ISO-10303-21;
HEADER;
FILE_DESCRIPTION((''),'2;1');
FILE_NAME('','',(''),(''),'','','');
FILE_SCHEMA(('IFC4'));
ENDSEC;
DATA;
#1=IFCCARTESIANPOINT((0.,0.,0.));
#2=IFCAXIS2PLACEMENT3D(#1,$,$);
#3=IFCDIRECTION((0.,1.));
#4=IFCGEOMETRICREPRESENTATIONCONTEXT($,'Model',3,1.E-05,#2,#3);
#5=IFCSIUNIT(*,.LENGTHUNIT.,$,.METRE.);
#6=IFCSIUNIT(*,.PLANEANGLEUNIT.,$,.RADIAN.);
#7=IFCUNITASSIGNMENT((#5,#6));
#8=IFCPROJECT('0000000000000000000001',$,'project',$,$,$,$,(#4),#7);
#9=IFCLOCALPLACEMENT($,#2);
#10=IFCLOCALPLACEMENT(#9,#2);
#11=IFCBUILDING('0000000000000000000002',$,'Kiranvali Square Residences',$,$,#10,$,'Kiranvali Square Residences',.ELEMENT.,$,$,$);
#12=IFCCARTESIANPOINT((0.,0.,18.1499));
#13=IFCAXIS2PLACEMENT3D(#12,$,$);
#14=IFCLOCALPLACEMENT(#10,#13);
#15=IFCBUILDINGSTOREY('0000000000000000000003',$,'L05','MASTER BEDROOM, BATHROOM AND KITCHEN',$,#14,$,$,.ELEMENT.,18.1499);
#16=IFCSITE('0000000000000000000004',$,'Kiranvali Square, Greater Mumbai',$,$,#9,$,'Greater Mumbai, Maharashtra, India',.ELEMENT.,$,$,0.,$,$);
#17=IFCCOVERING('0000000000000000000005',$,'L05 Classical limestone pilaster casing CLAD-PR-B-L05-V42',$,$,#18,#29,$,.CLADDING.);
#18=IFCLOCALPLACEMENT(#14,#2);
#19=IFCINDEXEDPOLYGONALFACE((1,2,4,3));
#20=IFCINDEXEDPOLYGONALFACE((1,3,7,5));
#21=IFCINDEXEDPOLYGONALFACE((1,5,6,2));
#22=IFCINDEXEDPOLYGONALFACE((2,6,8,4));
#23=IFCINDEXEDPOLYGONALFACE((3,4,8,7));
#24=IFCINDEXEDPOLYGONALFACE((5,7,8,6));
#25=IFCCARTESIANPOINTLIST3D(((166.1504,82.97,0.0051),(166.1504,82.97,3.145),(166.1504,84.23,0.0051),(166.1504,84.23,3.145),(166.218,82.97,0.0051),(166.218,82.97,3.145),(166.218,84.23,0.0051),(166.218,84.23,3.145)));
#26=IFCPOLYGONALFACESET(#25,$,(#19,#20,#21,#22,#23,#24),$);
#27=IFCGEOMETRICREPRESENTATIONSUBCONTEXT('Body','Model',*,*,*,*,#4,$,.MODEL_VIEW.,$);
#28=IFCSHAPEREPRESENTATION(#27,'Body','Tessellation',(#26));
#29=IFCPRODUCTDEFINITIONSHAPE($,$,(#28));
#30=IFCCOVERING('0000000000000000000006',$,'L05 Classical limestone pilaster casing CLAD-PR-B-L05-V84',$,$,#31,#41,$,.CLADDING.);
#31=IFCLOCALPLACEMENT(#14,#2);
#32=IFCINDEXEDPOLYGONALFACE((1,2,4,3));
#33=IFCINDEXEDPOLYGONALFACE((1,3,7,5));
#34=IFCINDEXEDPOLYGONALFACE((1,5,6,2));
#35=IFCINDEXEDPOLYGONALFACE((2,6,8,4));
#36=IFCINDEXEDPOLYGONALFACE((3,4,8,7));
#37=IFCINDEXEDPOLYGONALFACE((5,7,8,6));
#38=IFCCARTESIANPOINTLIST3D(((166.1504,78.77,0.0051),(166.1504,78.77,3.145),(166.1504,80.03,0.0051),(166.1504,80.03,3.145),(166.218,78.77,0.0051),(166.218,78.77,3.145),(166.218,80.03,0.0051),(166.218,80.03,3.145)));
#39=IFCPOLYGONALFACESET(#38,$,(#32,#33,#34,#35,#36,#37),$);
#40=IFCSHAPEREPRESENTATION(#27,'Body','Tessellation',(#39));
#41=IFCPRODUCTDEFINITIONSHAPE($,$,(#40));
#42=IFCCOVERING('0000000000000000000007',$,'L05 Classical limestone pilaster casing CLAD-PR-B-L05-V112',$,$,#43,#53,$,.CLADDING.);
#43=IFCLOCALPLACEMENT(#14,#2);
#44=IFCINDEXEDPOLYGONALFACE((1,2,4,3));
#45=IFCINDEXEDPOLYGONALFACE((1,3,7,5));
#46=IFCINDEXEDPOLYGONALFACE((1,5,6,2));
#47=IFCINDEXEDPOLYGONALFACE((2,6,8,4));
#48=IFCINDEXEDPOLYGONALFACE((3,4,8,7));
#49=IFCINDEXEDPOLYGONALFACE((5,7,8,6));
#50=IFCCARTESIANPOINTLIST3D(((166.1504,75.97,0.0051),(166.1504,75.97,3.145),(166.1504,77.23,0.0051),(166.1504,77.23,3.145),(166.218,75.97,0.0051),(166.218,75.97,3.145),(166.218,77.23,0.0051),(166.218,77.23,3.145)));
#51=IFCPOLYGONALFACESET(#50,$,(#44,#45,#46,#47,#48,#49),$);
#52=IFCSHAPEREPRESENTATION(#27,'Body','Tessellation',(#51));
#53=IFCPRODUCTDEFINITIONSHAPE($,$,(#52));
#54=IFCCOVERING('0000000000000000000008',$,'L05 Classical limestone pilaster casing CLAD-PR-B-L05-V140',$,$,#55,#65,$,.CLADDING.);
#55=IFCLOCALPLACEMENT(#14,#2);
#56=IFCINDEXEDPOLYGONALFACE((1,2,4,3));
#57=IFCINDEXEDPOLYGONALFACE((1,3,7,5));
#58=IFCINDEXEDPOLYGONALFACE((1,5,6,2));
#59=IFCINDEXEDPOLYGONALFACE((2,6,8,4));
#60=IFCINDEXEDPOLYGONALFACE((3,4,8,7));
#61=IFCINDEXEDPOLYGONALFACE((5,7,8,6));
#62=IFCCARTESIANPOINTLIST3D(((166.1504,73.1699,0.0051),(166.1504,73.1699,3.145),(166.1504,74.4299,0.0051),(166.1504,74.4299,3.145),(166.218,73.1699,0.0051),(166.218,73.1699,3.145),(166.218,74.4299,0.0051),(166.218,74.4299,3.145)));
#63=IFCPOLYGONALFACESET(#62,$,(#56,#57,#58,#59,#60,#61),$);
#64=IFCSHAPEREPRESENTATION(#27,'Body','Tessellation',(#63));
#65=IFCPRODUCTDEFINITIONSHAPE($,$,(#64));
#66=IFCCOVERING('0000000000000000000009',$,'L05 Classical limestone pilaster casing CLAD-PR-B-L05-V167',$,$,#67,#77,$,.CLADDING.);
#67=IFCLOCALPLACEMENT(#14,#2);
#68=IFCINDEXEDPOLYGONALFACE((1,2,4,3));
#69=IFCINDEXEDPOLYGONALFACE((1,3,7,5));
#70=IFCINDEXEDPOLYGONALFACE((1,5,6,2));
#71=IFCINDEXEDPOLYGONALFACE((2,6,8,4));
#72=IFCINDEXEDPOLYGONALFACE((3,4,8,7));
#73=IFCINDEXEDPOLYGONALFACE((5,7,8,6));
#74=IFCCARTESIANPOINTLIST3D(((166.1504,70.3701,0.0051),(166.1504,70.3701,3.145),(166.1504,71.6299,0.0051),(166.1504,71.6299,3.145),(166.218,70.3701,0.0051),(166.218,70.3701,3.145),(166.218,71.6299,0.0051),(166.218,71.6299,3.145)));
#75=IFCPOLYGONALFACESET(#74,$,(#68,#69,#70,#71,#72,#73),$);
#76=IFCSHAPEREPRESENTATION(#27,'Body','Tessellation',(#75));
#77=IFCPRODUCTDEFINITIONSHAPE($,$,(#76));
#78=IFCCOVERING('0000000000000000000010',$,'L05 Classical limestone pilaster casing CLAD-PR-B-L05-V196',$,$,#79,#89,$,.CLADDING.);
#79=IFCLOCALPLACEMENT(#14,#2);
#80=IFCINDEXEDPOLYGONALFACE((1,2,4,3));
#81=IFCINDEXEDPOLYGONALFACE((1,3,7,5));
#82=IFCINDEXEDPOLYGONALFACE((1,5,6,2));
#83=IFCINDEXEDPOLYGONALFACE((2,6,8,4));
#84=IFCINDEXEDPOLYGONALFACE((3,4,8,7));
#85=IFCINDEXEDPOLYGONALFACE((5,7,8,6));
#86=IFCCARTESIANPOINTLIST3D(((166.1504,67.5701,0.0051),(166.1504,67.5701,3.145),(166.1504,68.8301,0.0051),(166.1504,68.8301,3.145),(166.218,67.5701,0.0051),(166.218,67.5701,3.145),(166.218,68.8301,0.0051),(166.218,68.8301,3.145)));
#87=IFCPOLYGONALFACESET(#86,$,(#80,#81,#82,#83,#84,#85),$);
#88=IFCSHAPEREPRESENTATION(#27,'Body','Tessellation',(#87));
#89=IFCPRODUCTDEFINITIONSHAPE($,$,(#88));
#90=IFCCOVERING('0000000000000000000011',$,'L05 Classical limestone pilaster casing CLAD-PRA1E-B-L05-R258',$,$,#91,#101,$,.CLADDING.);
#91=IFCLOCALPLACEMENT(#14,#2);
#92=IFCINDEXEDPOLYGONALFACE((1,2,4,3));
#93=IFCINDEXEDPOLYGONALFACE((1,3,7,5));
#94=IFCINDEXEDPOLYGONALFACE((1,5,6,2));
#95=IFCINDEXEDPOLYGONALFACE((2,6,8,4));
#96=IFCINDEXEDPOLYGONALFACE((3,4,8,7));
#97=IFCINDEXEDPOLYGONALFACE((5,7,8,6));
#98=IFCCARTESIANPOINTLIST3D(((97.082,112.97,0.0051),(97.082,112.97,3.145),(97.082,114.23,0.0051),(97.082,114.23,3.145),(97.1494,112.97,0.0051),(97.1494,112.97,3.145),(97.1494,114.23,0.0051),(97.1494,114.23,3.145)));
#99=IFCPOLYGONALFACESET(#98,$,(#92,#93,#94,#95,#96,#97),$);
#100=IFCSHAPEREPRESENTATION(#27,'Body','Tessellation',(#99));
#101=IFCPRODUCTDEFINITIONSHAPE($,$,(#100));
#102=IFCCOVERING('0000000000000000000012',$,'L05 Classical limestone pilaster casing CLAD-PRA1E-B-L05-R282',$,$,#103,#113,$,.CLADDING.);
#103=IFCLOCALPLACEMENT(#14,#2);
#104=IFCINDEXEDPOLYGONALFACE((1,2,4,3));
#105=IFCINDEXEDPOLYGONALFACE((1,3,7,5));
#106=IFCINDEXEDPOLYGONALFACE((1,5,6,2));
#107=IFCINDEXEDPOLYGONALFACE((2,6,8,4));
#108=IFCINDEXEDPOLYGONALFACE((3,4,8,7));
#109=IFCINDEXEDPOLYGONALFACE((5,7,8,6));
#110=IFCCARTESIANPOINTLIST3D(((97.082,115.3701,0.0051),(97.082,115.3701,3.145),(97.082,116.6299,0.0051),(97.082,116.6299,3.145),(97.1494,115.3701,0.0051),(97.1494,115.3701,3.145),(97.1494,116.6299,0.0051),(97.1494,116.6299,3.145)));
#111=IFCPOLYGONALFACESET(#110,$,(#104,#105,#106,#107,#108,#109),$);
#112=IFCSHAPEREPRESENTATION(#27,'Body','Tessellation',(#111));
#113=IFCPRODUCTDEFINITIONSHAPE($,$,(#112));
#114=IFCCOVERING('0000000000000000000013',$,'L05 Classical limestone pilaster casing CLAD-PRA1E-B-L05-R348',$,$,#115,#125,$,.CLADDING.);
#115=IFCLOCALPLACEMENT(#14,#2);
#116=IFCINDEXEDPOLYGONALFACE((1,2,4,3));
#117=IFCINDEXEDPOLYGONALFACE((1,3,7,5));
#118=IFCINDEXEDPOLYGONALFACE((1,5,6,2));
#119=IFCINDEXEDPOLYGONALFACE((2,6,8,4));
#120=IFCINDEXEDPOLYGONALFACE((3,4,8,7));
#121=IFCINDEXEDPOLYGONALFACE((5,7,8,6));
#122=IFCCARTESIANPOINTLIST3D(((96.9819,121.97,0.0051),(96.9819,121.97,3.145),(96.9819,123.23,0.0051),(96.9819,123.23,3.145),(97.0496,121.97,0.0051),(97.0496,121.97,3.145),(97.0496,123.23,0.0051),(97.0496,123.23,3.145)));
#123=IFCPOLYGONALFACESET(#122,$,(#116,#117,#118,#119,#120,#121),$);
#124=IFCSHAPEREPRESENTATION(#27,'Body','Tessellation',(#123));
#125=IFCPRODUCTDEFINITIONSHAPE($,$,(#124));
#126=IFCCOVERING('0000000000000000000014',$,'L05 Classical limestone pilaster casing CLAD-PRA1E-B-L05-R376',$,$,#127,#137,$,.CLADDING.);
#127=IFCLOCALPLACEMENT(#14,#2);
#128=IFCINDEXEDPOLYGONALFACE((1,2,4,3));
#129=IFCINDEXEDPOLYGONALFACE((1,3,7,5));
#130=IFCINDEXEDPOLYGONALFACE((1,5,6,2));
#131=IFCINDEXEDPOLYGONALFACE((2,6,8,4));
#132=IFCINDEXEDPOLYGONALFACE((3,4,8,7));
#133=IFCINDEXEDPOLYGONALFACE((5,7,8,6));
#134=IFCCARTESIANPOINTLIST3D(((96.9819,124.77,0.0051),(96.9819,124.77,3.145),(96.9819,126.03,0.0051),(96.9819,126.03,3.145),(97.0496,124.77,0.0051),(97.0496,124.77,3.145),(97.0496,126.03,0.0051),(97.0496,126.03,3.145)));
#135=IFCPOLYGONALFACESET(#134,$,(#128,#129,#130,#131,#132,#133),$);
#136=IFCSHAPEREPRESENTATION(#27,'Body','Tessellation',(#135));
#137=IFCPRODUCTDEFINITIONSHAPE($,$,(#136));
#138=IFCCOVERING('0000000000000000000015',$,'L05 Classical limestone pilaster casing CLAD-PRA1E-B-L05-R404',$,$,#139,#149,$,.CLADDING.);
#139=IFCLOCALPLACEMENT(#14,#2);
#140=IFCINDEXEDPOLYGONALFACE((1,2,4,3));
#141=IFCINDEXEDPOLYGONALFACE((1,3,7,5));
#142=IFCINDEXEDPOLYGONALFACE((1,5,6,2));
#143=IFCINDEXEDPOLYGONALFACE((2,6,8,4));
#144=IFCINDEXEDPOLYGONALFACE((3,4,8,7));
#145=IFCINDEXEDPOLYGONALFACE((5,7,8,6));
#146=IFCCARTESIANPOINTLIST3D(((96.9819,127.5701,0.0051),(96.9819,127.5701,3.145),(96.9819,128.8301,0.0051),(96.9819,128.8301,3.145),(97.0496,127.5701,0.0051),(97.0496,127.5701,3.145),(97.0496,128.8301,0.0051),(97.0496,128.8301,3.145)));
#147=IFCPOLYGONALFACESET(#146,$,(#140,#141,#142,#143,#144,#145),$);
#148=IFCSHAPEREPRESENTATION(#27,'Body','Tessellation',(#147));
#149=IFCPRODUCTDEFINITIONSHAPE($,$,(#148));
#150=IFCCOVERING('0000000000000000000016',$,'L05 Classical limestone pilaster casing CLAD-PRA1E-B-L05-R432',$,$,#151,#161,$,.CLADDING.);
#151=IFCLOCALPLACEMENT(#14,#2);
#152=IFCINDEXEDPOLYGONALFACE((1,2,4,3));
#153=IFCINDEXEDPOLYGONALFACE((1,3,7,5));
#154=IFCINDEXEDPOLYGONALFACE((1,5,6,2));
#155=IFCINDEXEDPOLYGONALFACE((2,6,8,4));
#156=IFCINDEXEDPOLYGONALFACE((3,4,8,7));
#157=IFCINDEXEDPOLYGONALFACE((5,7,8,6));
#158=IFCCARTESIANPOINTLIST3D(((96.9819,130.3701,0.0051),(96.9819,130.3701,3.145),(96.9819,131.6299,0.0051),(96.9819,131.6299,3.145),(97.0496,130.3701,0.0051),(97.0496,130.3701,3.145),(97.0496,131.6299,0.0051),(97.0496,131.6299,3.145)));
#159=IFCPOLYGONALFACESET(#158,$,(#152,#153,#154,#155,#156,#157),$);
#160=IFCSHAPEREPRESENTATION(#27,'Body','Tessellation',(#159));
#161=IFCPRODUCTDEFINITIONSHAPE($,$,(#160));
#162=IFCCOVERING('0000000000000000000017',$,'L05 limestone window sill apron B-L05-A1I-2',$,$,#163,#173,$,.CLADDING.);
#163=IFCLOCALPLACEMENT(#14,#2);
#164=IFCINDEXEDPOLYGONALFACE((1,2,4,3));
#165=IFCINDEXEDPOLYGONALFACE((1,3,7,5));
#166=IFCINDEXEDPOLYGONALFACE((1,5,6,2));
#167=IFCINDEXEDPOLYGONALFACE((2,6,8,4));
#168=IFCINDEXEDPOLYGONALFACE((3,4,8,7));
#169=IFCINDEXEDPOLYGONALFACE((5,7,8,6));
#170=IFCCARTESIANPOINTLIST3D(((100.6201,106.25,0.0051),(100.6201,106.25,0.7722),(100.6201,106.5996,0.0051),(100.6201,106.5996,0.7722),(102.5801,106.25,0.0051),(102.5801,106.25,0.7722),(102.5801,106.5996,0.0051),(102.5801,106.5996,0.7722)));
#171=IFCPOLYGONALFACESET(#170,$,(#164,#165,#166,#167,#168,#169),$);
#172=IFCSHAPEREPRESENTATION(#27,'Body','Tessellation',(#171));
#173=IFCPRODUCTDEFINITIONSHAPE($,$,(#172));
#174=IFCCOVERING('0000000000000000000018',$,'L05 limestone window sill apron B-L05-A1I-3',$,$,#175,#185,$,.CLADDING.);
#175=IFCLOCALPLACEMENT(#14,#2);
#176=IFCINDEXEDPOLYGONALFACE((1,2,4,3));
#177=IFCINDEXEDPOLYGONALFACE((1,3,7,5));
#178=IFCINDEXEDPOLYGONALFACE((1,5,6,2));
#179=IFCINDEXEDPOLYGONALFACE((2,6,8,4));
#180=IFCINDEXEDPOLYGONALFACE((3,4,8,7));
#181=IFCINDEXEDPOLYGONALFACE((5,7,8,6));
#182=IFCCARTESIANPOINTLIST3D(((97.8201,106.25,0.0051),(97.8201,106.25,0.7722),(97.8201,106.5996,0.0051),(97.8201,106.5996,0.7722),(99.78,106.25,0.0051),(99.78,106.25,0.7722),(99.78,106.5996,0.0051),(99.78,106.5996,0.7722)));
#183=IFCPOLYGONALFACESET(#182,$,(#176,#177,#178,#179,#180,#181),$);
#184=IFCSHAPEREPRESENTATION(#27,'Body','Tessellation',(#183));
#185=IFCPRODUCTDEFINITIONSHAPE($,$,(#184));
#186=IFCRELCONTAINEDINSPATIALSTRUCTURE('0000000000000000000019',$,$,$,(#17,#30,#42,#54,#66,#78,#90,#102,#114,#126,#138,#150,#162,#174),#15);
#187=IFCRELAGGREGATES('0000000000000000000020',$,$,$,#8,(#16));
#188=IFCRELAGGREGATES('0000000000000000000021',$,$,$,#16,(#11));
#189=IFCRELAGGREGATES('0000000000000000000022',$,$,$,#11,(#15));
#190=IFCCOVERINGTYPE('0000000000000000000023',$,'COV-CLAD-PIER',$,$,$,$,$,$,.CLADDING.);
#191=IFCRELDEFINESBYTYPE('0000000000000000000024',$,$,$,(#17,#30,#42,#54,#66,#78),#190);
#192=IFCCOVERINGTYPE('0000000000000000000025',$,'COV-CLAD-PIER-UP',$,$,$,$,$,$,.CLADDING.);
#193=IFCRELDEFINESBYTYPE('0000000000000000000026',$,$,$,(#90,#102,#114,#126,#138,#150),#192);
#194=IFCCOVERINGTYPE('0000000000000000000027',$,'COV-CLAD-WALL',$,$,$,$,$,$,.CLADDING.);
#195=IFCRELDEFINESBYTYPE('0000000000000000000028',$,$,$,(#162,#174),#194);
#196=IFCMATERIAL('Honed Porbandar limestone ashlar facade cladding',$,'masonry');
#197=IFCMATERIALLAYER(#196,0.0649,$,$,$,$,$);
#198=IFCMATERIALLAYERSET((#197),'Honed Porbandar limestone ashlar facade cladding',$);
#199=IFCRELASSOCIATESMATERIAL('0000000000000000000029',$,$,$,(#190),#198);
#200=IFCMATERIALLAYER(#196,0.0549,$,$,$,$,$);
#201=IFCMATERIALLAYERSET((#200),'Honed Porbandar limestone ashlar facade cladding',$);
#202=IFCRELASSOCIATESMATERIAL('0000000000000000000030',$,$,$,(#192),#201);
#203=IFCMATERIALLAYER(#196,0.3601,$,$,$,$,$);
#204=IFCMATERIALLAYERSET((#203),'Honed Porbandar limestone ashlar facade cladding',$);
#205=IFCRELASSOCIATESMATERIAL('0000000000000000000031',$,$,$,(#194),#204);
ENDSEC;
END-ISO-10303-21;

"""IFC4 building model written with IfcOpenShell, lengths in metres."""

from ifc_helpers import new_model, si_unit, direction, frame, origin, place, context, subcontext, project, spatial, polyline, outline, extrude, material, layer, layer_set, type_object, element, save


model = new_model("IFC4")

# Units and contexts
model_context = context("Model", 3, precision=1e-05, world=origin(), true_north=direction((0.0, 1.0)))
body_context = subcontext(model_context, "Body", "Model", "MODEL_VIEW")
ifc_project = project(units=[si_unit("LENGTHUNIT", "METRE"), si_unit("PLANEANGLEUNIT", "RADIAN")], contexts=[model_context])

# Site, building, storey
site_placement = place(None, origin())
site = spatial("IfcSite", under=ifc_project, at=site_placement, Name="Kiranvali Square, Greater Mumbai", LongName="Greater Mumbai, Maharashtra, India", CompositionType="ELEMENT", RefElevation=0.0)
building_placement = place(site_placement, origin())
building = spatial("IfcBuilding", under=site, at=building_placement, Name="Kiranvali Square Residences", LongName="Kiranvali Square Residences", CompositionType="ELEMENT")
storey_placement = place(building_placement, frame((0.0, 0.0, 18.1499)))
storey = spatial("IfcBuildingStorey", under=building, at=storey_placement, Name="L05", Description="MASTER BEDROOM, BATHROOM AND KITCHEN", CompositionType="ELEMENT", Elevation=18.1499)

# Coverings
ifc_material_1 = material(Name="Honed Porbandar limestone ashlar facade cladding", Category="masonry")
ifc_layer_1 = layer(ifc_material_1, 0.0649)
ifc_layer_set_1 = layer_set([ifc_layer_1], Name="Honed Porbandar limestone ashlar facade cladding")
covering_type_1 = type_object("IfcCoveringType", Name="COV-CLAD-PIER", PredefinedType="CLADDING", material=ifc_layer_set_1)
covering_1_placement = place(storey_placement, frame((0.0, 0.0, 0.0051)))
element("IfcCovering", 1, at=covering_1_placement, inside=storey, type_object=covering_type_1, Name="L05 Classical limestone pilaster casing CLAD-PR-B-L05-V42", PredefinedType="CLADDING", context=body_context, shape_type="SweptSolid", body=[
    extrude(outline(polyline([(166.1504, 84.23), (166.1504, 82.97), (166.218, 82.97), (166.218, 84.23), (166.1504, 84.23)])), origin(), (0.0, 0.0, 1.0), 3.1399),
])
covering_2_placement = place(storey_placement, frame((0.0, 0.0, 0.0051)))
element("IfcCovering", 2, at=covering_2_placement, inside=storey, type_object=covering_type_1, Name="L05 Classical limestone pilaster casing CLAD-PR-B-L05-V84", PredefinedType="CLADDING", context=body_context, shape_type="SweptSolid", body=[
    extrude(outline(polyline([(166.1504, 80.03), (166.1504, 78.77), (166.218, 78.77), (166.218, 80.03), (166.1504, 80.03)])), origin(), (0.0, 0.0, 1.0), 3.1399),
])
covering_3_placement = place(storey_placement, frame((0.0, 0.0, 0.0051)))
element("IfcCovering", 3, at=covering_3_placement, inside=storey, type_object=covering_type_1, Name="L05 Classical limestone pilaster casing CLAD-PR-B-L05-V112", PredefinedType="CLADDING", context=body_context, shape_type="SweptSolid", body=[
    extrude(outline(polyline([(166.1504, 77.23), (166.1504, 75.97), (166.218, 75.97), (166.218, 77.23), (166.1504, 77.23)])), origin(), (0.0, 0.0, 1.0), 3.1399),
])
covering_4_placement = place(storey_placement, frame((0.0, 0.0, 0.0051)))
element("IfcCovering", 4, at=covering_4_placement, inside=storey, type_object=covering_type_1, Name="L05 Classical limestone pilaster casing CLAD-PR-B-L05-V140", PredefinedType="CLADDING", context=body_context, shape_type="SweptSolid", body=[
    extrude(outline(polyline([(166.1504, 74.4299), (166.1504, 73.1699), (166.218, 73.1699), (166.218, 74.4299), (166.1504, 74.4299)])), origin(), (0.0, 0.0, 1.0), 3.1399),
])
covering_5_placement = place(storey_placement, frame((0.0, 0.0, 0.0051)))
element("IfcCovering", 5, at=covering_5_placement, inside=storey, type_object=covering_type_1, Name="L05 Classical limestone pilaster casing CLAD-PR-B-L05-V167", PredefinedType="CLADDING", context=body_context, shape_type="SweptSolid", body=[
    extrude(outline(polyline([(166.1504, 71.6299), (166.1504, 70.3701), (166.218, 70.3701), (166.218, 71.6299), (166.1504, 71.6299)])), origin(), (0.0, 0.0, 1.0), 3.1399),
])
covering_6_placement = place(storey_placement, frame((0.0, 0.0, 0.0051)))
element("IfcCovering", 6, at=covering_6_placement, inside=storey, type_object=covering_type_1, Name="L05 Classical limestone pilaster casing CLAD-PR-B-L05-V196", PredefinedType="CLADDING", context=body_context, shape_type="SweptSolid", body=[
    extrude(outline(polyline([(166.1504, 68.8301), (166.1504, 67.5701), (166.218, 67.5701), (166.218, 68.8301), (166.1504, 68.8301)])), origin(), (0.0, 0.0, 1.0), 3.1399),
])
ifc_layer_2 = layer(ifc_material_1, 0.0549)
ifc_layer_set_2 = layer_set([ifc_layer_2], Name="Honed Porbandar limestone ashlar facade cladding")
covering_type_2 = type_object("IfcCoveringType", Name="COV-CLAD-PIER-UP", PredefinedType="CLADDING", material=ifc_layer_set_2)
covering_7_placement = place(storey_placement, frame((0.0, 0.0, 0.0051)))
element("IfcCovering", 7, at=covering_7_placement, inside=storey, type_object=covering_type_2, Name="L05 Classical limestone pilaster casing CLAD-PRA1E-B-L05-R258", PredefinedType="CLADDING", context=body_context, shape_type="SweptSolid", body=[
    extrude(outline(polyline([(97.1494, 112.97), (97.1494, 114.23), (97.082, 114.23), (97.082, 112.97), (97.1494, 112.97)])), origin(), (0.0, 0.0, 1.0), 3.1399),
])
covering_8_placement = place(storey_placement, frame((0.0, 0.0, 0.0051)))
element("IfcCovering", 8, at=covering_8_placement, inside=storey, type_object=covering_type_2, Name="L05 Classical limestone pilaster casing CLAD-PRA1E-B-L05-R282", PredefinedType="CLADDING", context=body_context, shape_type="SweptSolid", body=[
    extrude(outline(polyline([(97.1494, 115.3701), (97.1494, 116.6299), (97.082, 116.6299), (97.082, 115.3701), (97.1494, 115.3701)])), origin(), (0.0, 0.0, 1.0), 3.1399),
])
covering_9_placement = place(storey_placement, frame((0.0, 0.0, 0.0051)))
element("IfcCovering", 9, at=covering_9_placement, inside=storey, type_object=covering_type_2, Name="L05 Classical limestone pilaster casing CLAD-PRA1E-B-L05-R348", PredefinedType="CLADDING", context=body_context, shape_type="SweptSolid", body=[
    extrude(outline(polyline([(97.0496, 121.97), (97.0496, 123.23), (96.9819, 123.23), (96.9819, 121.97), (97.0496, 121.97)])), origin(), (0.0, 0.0, 1.0), 3.1399),
])
covering_10_placement = place(storey_placement, frame((0.0, 0.0, 0.0051)))
element("IfcCovering", 10, at=covering_10_placement, inside=storey, type_object=covering_type_2, Name="L05 Classical limestone pilaster casing CLAD-PRA1E-B-L05-R376", PredefinedType="CLADDING", context=body_context, shape_type="SweptSolid", body=[
    extrude(outline(polyline([(97.0496, 124.77), (97.0496, 126.03), (96.9819, 126.03), (96.9819, 124.77), (97.0496, 124.77)])), origin(), (0.0, 0.0, 1.0), 3.1399),
])
covering_11_placement = place(storey_placement, frame((0.0, 0.0, 0.0051)))
element("IfcCovering", 11, at=covering_11_placement, inside=storey, type_object=covering_type_2, Name="L05 Classical limestone pilaster casing CLAD-PRA1E-B-L05-R404", PredefinedType="CLADDING", context=body_context, shape_type="SweptSolid", body=[
    extrude(outline(polyline([(97.0496, 127.5701), (97.0496, 128.8301), (96.9819, 128.8301), (96.9819, 127.5701), (97.0496, 127.5701)])), origin(), (0.0, 0.0, 1.0), 3.1399),
])
covering_12_placement = place(storey_placement, frame((0.0, 0.0, 0.0051)))
element("IfcCovering", 12, at=covering_12_placement, inside=storey, type_object=covering_type_2, Name="L05 Classical limestone pilaster casing CLAD-PRA1E-B-L05-R432", PredefinedType="CLADDING", context=body_context, shape_type="SweptSolid", body=[
    extrude(outline(polyline([(97.0496, 130.3701), (97.0496, 131.6299), (96.9819, 131.6299), (96.9819, 130.3701), (97.0496, 130.3701)])), origin(), (0.0, 0.0, 1.0), 3.1399),
])
ifc_layer_3 = layer(ifc_material_1, 0.3601)
ifc_layer_set_3 = layer_set([ifc_layer_3], Name="Honed Porbandar limestone ashlar facade cladding")
covering_type_3 = type_object("IfcCoveringType", Name="COV-CLAD-WALL", PredefinedType="CLADDING", material=ifc_layer_set_3)
covering_13_placement = place(storey_placement, frame((0.0, 0.0, 0.0051)))
element("IfcCovering", 13, at=covering_13_placement, inside=storey, type_object=covering_type_3, Name="L05 limestone window sill apron B-L05-A1I-2", PredefinedType="CLADDING", context=body_context, shape_type="SweptSolid", body=[
    extrude(outline(polyline([(102.5801, 106.5996), (100.6201, 106.5996), (100.6201, 106.25), (102.5801, 106.25), (102.5801, 106.5996)])), origin(), (0.0, 0.0, 1.0), 0.7671),
])
covering_14_placement = place(storey_placement, frame((0.0, 0.0, 0.0051)))
element("IfcCovering", 14, at=covering_14_placement, inside=storey, type_object=covering_type_3, Name="L05 limestone window sill apron B-L05-A1I-3", PredefinedType="CLADDING", context=body_context, shape_type="SweptSolid", body=[
    extrude(outline(polyline([(99.78, 106.5996), (97.8201, 106.5996), (97.8201, 106.25), (99.78, 106.25), (99.78, 106.5996)])), origin(), (0.0, 0.0, 1.0), 0.7671),
])

save(model, "model.ifc")
